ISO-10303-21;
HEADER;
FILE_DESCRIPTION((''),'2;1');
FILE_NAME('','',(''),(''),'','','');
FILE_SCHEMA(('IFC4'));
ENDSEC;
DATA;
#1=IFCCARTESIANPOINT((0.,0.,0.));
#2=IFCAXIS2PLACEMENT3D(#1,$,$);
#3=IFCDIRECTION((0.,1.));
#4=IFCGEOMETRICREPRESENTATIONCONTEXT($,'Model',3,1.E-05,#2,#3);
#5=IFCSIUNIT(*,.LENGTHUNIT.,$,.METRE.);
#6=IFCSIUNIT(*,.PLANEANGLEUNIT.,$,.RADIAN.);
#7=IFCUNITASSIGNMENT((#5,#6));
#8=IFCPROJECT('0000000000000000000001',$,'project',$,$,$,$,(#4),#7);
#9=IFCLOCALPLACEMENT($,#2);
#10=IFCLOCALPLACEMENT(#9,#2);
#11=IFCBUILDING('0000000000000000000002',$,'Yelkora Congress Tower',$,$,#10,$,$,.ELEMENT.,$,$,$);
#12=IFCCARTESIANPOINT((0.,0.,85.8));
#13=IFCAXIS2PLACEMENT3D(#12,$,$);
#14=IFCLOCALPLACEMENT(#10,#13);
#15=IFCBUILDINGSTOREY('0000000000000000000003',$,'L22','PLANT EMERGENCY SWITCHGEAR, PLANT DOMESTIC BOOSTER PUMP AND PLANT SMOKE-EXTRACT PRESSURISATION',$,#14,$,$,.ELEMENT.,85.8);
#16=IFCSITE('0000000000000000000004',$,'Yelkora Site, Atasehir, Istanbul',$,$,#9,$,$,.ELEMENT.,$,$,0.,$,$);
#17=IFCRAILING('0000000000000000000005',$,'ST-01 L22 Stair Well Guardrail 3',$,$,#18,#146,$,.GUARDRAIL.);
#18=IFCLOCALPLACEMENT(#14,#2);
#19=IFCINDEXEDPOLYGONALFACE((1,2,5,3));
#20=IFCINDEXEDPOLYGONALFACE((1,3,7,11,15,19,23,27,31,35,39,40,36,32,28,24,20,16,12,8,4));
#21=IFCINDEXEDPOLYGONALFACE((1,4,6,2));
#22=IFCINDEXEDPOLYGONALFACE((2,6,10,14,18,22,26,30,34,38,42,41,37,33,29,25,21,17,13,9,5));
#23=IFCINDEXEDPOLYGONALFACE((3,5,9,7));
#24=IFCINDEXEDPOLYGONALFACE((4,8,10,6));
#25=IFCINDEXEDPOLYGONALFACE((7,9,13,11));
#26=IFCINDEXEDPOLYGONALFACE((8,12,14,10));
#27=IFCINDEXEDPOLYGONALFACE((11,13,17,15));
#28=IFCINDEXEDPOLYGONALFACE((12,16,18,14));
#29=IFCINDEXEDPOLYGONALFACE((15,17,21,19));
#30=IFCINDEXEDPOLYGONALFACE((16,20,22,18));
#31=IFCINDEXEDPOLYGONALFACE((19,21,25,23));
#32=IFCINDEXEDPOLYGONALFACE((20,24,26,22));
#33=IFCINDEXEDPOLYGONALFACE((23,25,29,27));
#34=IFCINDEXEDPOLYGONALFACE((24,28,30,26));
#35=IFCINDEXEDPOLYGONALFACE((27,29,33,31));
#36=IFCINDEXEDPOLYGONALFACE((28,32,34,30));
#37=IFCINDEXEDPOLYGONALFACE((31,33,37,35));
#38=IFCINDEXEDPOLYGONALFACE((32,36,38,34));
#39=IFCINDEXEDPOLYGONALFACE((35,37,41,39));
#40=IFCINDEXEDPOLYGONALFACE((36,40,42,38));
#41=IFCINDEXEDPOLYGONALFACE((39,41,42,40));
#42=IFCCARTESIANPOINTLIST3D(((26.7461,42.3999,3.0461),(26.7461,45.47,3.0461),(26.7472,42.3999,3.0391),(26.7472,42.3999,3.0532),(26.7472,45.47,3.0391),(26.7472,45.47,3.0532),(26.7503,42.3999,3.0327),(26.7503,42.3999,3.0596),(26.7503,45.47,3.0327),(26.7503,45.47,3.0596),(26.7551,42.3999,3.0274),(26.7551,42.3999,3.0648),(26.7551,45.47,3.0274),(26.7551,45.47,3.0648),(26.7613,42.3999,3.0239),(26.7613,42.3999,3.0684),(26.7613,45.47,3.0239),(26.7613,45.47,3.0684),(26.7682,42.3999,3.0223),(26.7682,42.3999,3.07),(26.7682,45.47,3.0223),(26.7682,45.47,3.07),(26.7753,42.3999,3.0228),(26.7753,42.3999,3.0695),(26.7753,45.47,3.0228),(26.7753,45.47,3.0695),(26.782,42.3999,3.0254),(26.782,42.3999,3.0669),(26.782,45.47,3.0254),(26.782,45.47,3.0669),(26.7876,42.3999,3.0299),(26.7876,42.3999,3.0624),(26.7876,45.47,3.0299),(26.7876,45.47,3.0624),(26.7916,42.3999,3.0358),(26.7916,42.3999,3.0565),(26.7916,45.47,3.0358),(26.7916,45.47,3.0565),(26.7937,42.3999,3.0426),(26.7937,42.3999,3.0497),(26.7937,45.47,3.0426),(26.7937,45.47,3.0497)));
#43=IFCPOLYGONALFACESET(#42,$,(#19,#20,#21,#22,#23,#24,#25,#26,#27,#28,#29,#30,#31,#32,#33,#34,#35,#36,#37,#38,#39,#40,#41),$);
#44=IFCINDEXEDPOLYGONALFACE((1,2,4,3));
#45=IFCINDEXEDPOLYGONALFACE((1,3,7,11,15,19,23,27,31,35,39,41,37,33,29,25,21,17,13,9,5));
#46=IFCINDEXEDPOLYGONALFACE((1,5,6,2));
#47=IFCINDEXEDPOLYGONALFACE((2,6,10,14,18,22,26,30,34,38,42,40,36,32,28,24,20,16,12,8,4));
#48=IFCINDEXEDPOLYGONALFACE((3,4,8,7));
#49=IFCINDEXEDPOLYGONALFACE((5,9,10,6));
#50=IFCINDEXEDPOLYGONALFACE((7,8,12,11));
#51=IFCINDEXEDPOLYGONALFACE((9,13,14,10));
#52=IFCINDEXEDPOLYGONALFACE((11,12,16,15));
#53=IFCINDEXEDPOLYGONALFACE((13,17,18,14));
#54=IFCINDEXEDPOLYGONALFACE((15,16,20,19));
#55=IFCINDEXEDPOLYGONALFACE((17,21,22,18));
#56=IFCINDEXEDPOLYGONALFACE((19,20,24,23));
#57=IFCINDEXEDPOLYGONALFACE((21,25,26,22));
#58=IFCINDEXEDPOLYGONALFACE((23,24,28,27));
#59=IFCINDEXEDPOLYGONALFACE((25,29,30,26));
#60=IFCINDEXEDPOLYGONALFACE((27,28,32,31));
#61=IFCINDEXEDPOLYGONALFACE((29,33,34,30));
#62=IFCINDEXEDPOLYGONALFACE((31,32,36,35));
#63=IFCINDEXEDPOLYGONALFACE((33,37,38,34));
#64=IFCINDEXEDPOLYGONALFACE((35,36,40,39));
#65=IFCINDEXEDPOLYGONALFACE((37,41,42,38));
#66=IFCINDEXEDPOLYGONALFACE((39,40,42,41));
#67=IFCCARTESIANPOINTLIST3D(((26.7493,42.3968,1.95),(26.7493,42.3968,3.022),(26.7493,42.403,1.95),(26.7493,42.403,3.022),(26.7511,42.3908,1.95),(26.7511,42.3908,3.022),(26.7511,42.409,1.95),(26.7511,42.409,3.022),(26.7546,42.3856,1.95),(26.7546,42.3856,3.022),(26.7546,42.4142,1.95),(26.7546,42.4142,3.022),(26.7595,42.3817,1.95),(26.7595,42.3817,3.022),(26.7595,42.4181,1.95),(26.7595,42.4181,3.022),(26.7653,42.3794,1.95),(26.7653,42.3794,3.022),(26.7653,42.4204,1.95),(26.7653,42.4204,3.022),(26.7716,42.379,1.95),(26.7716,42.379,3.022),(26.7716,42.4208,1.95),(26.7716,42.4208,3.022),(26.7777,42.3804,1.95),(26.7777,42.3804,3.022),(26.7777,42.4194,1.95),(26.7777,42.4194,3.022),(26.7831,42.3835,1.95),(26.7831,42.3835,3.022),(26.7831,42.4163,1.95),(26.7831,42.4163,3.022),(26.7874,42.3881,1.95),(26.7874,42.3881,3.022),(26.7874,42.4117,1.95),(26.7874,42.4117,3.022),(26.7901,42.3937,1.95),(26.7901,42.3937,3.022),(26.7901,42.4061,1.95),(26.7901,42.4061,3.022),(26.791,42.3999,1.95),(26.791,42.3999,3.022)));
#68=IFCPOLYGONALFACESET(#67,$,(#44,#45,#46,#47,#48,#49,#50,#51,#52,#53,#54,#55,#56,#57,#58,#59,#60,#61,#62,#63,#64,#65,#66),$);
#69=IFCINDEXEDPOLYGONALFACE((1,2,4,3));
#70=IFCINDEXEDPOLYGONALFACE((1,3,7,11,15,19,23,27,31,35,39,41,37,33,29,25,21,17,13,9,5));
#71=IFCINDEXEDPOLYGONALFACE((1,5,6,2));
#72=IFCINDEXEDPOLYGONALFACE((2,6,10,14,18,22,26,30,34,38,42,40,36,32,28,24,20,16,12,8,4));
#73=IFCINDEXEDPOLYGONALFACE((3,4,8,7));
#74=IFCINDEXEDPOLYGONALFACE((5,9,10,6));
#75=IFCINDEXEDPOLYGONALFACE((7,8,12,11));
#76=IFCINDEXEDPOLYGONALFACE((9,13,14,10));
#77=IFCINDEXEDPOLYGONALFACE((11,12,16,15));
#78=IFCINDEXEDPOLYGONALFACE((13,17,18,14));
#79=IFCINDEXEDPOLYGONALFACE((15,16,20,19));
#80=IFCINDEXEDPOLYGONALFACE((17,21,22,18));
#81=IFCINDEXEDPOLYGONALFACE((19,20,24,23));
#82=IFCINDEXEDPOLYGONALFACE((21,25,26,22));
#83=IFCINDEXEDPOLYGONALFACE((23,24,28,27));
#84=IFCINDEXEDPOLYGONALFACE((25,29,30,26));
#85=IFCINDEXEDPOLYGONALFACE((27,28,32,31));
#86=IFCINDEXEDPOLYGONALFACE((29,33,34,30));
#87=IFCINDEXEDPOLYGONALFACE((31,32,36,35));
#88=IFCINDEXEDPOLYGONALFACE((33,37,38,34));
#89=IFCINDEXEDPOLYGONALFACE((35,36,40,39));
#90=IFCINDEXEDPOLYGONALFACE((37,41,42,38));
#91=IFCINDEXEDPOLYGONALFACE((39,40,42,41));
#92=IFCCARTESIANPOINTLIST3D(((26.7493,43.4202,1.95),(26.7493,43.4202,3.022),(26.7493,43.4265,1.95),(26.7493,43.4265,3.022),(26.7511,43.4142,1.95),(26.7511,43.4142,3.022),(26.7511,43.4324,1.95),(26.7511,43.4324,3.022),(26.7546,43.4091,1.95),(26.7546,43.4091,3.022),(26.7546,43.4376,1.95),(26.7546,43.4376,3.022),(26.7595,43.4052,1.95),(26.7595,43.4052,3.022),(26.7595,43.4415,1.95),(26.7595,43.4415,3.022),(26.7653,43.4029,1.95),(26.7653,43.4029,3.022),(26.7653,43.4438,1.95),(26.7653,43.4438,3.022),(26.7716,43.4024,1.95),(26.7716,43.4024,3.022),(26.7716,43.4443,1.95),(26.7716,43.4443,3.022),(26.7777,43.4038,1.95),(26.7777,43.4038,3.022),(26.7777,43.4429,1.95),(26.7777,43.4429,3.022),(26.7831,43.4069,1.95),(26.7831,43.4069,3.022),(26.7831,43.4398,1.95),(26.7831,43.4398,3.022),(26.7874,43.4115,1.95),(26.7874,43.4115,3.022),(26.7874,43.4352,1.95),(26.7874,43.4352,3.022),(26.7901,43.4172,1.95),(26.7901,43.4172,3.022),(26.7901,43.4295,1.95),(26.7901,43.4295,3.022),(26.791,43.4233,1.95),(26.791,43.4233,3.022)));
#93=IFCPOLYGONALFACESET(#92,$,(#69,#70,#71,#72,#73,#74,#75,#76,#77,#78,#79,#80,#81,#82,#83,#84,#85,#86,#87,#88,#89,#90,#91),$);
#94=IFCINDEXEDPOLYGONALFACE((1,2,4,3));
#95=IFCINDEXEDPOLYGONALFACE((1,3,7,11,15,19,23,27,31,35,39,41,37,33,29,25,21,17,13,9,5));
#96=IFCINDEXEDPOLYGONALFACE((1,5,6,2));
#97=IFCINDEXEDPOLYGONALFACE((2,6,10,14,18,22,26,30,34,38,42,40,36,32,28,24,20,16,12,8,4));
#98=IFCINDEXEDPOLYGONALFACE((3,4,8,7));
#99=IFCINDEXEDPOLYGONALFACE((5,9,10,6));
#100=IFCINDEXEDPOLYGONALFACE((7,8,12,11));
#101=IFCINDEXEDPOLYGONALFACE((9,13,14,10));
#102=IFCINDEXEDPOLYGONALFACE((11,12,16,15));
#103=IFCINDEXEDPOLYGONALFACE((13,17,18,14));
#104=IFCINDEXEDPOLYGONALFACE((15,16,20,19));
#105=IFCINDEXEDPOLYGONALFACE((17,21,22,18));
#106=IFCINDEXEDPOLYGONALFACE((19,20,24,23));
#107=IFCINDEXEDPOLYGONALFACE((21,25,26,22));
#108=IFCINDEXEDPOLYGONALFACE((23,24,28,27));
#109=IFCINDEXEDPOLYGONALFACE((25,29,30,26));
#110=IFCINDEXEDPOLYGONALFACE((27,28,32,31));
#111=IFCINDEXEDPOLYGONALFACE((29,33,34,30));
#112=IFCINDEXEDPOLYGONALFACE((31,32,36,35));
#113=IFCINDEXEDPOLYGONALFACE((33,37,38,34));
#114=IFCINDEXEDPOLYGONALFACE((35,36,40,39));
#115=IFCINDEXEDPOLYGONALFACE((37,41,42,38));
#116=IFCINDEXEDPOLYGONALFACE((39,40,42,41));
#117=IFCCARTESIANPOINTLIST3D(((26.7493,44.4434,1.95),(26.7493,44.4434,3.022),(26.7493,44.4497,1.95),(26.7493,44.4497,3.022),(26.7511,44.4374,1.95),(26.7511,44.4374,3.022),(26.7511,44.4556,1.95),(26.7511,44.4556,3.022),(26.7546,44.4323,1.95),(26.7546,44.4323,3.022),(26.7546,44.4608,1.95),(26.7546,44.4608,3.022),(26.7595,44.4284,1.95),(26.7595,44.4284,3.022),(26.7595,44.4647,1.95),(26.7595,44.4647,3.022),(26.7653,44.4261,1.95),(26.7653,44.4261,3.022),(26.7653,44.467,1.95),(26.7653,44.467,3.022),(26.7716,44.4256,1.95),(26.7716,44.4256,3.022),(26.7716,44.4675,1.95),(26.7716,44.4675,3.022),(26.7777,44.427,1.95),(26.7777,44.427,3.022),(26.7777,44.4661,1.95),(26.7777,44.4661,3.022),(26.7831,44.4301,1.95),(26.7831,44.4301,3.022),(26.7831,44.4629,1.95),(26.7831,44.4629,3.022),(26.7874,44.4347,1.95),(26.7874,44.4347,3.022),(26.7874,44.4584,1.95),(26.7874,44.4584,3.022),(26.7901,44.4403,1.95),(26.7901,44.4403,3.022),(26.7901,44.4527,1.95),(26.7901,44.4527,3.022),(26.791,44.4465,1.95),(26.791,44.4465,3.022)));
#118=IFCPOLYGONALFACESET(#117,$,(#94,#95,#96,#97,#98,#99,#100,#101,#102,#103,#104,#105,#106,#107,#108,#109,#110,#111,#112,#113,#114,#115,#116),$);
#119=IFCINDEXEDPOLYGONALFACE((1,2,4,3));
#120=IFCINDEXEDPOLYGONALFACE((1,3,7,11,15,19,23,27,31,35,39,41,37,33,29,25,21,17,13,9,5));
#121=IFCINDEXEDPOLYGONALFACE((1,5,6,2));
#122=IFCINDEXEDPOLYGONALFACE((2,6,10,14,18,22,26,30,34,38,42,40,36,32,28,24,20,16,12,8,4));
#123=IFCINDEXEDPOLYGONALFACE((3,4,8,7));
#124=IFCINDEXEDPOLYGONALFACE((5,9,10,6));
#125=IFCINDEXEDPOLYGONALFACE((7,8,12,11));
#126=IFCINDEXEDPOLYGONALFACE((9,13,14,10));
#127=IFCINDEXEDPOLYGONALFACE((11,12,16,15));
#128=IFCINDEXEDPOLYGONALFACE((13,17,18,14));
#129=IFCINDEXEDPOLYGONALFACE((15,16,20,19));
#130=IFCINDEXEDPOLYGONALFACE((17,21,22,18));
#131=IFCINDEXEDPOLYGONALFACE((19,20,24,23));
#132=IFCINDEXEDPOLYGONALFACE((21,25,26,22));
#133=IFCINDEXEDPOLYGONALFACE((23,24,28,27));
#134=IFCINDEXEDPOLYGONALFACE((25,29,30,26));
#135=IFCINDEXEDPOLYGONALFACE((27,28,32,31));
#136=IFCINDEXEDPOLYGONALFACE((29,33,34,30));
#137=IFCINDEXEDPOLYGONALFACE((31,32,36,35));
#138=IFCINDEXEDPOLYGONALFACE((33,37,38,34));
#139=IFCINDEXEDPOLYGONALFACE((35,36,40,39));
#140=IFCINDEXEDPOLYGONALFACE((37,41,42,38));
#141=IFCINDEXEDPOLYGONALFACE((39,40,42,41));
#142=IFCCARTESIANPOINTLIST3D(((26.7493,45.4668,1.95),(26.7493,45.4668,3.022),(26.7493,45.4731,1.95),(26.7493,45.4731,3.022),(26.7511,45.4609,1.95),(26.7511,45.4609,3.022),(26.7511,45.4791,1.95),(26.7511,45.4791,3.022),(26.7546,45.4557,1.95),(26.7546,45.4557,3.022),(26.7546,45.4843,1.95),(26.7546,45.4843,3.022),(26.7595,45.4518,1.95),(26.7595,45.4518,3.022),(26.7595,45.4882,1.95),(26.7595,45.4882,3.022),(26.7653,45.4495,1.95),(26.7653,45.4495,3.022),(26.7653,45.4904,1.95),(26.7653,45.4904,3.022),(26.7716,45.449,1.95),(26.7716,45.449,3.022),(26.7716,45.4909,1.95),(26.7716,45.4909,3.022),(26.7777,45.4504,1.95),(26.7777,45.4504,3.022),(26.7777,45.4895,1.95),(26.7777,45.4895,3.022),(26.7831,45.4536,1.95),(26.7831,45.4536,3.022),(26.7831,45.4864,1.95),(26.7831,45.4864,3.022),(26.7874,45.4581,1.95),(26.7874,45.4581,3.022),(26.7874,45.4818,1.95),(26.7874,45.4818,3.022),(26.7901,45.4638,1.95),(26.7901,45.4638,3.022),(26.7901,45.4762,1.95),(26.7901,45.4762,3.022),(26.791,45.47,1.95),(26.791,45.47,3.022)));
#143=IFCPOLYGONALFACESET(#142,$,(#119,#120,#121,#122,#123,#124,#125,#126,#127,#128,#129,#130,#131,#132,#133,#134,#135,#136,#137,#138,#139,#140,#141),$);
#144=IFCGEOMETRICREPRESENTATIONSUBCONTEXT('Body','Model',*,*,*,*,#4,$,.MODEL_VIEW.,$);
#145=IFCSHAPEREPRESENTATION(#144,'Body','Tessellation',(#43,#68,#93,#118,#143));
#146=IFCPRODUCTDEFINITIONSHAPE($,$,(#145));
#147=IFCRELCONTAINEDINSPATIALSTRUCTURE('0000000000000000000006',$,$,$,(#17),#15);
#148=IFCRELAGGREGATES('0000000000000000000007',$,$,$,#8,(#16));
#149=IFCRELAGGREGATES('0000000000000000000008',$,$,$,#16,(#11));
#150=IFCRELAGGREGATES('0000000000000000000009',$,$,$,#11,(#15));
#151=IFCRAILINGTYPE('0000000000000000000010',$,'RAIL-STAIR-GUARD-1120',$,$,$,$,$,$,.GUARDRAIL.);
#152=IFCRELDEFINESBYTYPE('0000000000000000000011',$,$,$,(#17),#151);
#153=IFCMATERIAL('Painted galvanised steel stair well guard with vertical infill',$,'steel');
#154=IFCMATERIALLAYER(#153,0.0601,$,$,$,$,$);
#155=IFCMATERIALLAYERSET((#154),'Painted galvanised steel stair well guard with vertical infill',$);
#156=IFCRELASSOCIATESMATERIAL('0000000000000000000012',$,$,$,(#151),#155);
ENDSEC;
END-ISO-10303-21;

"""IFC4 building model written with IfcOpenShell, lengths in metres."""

from ifc_helpers import new_model, si_unit, direction, frame, origin, origin_2d, place, context, subcontext, project, spatial, circle, extrude, material, layer, layer_set, type_object, element, save


model = new_model("IFC4")

# Units and contexts
model_context = context("Model", 3, precision=1e-05, world=origin(), true_north=direction((0.0, 1.0)))
body_context = subcontext(model_context, "Body", "Model", "MODEL_VIEW")
ifc_project = project(units=[si_unit("LENGTHUNIT", "METRE"), si_unit("PLANEANGLEUNIT", "RADIAN")], contexts=[model_context])

# Site, building, storey
site_placement = place(None, origin())
site = spatial("IfcSite", under=ifc_project, at=site_placement, Name="Yelkora Site, Atasehir, Istanbul", CompositionType="ELEMENT", RefElevation=0.0)
building_placement = place(site_placement, origin())
building = spatial("IfcBuilding", under=site, at=building_placement, Name="Yelkora Congress Tower", CompositionType="ELEMENT")
storey_placement = place(building_placement, frame((0.0, 0.0, 85.8)))
storey = spatial("IfcBuildingStorey", under=building, at=storey_placement, Name="L22", Description="PLANT EMERGENCY SWITCHGEAR, PLANT DOMESTIC BOOSTER PUMP AND PLANT SMOKE-EXTRACT PRESSURISATION", CompositionType="ELEMENT", Elevation=85.8)

# Railing
ifc_material_1 = material(Name="Painted galvanised steel stair well guard with vertical infill", Category="steel")
ifc_layer_1 = layer(ifc_material_1, 0.0601)
ifc_layer_set_1 = layer_set([ifc_layer_1], Name="Painted galvanised steel stair well guard with vertical infill")
railing_type_1 = type_object("IfcRailingType", Name="RAIL-STAIR-GUARD-1120", PredefinedType="GUARDRAIL", material=ifc_layer_set_1)
railing_1_placement = place(storey_placement, frame((26.77, 42.3999, 1.95)))
element("IfcRailing", 1, at=railing_1_placement, inside=storey, type_object=railing_type_1, Name="ST-01 L22 Stair Well Guardrail 3", PredefinedType="GUARDRAIL", context=body_context, shape_type="SweptSolid", body=[
    extrude(circle(Radius=0.0239, at=origin_2d()), frame((0.0, 0.0, 1.0962), z_axis=(0.0, 1.0, 0.0), x_axis=(-1.0, 0.0, 0.0)), (0.0, 0.0, 1.0), 3.0701),
    extrude(circle(Radius=0.021, at=origin_2d()), origin(), (0.0, 0.0, 1.0), 1.072),
    extrude(circle(Radius=0.021, at=origin_2d()), frame((0.0, 1.0234, 0.0)), (0.0, 0.0, 1.0), 1.072),
    extrude(circle(Radius=0.021, at=origin_2d()), frame((0.0, 2.0466, 0.0)), (0.0, 0.0, 1.0), 1.072),
    extrude(circle(Radius=0.021, at=origin_2d()), frame((0.0, 3.0701, 0.0)), (0.0, 0.0, 1.0), 1.072),
])

save(model, "model.ifc")
